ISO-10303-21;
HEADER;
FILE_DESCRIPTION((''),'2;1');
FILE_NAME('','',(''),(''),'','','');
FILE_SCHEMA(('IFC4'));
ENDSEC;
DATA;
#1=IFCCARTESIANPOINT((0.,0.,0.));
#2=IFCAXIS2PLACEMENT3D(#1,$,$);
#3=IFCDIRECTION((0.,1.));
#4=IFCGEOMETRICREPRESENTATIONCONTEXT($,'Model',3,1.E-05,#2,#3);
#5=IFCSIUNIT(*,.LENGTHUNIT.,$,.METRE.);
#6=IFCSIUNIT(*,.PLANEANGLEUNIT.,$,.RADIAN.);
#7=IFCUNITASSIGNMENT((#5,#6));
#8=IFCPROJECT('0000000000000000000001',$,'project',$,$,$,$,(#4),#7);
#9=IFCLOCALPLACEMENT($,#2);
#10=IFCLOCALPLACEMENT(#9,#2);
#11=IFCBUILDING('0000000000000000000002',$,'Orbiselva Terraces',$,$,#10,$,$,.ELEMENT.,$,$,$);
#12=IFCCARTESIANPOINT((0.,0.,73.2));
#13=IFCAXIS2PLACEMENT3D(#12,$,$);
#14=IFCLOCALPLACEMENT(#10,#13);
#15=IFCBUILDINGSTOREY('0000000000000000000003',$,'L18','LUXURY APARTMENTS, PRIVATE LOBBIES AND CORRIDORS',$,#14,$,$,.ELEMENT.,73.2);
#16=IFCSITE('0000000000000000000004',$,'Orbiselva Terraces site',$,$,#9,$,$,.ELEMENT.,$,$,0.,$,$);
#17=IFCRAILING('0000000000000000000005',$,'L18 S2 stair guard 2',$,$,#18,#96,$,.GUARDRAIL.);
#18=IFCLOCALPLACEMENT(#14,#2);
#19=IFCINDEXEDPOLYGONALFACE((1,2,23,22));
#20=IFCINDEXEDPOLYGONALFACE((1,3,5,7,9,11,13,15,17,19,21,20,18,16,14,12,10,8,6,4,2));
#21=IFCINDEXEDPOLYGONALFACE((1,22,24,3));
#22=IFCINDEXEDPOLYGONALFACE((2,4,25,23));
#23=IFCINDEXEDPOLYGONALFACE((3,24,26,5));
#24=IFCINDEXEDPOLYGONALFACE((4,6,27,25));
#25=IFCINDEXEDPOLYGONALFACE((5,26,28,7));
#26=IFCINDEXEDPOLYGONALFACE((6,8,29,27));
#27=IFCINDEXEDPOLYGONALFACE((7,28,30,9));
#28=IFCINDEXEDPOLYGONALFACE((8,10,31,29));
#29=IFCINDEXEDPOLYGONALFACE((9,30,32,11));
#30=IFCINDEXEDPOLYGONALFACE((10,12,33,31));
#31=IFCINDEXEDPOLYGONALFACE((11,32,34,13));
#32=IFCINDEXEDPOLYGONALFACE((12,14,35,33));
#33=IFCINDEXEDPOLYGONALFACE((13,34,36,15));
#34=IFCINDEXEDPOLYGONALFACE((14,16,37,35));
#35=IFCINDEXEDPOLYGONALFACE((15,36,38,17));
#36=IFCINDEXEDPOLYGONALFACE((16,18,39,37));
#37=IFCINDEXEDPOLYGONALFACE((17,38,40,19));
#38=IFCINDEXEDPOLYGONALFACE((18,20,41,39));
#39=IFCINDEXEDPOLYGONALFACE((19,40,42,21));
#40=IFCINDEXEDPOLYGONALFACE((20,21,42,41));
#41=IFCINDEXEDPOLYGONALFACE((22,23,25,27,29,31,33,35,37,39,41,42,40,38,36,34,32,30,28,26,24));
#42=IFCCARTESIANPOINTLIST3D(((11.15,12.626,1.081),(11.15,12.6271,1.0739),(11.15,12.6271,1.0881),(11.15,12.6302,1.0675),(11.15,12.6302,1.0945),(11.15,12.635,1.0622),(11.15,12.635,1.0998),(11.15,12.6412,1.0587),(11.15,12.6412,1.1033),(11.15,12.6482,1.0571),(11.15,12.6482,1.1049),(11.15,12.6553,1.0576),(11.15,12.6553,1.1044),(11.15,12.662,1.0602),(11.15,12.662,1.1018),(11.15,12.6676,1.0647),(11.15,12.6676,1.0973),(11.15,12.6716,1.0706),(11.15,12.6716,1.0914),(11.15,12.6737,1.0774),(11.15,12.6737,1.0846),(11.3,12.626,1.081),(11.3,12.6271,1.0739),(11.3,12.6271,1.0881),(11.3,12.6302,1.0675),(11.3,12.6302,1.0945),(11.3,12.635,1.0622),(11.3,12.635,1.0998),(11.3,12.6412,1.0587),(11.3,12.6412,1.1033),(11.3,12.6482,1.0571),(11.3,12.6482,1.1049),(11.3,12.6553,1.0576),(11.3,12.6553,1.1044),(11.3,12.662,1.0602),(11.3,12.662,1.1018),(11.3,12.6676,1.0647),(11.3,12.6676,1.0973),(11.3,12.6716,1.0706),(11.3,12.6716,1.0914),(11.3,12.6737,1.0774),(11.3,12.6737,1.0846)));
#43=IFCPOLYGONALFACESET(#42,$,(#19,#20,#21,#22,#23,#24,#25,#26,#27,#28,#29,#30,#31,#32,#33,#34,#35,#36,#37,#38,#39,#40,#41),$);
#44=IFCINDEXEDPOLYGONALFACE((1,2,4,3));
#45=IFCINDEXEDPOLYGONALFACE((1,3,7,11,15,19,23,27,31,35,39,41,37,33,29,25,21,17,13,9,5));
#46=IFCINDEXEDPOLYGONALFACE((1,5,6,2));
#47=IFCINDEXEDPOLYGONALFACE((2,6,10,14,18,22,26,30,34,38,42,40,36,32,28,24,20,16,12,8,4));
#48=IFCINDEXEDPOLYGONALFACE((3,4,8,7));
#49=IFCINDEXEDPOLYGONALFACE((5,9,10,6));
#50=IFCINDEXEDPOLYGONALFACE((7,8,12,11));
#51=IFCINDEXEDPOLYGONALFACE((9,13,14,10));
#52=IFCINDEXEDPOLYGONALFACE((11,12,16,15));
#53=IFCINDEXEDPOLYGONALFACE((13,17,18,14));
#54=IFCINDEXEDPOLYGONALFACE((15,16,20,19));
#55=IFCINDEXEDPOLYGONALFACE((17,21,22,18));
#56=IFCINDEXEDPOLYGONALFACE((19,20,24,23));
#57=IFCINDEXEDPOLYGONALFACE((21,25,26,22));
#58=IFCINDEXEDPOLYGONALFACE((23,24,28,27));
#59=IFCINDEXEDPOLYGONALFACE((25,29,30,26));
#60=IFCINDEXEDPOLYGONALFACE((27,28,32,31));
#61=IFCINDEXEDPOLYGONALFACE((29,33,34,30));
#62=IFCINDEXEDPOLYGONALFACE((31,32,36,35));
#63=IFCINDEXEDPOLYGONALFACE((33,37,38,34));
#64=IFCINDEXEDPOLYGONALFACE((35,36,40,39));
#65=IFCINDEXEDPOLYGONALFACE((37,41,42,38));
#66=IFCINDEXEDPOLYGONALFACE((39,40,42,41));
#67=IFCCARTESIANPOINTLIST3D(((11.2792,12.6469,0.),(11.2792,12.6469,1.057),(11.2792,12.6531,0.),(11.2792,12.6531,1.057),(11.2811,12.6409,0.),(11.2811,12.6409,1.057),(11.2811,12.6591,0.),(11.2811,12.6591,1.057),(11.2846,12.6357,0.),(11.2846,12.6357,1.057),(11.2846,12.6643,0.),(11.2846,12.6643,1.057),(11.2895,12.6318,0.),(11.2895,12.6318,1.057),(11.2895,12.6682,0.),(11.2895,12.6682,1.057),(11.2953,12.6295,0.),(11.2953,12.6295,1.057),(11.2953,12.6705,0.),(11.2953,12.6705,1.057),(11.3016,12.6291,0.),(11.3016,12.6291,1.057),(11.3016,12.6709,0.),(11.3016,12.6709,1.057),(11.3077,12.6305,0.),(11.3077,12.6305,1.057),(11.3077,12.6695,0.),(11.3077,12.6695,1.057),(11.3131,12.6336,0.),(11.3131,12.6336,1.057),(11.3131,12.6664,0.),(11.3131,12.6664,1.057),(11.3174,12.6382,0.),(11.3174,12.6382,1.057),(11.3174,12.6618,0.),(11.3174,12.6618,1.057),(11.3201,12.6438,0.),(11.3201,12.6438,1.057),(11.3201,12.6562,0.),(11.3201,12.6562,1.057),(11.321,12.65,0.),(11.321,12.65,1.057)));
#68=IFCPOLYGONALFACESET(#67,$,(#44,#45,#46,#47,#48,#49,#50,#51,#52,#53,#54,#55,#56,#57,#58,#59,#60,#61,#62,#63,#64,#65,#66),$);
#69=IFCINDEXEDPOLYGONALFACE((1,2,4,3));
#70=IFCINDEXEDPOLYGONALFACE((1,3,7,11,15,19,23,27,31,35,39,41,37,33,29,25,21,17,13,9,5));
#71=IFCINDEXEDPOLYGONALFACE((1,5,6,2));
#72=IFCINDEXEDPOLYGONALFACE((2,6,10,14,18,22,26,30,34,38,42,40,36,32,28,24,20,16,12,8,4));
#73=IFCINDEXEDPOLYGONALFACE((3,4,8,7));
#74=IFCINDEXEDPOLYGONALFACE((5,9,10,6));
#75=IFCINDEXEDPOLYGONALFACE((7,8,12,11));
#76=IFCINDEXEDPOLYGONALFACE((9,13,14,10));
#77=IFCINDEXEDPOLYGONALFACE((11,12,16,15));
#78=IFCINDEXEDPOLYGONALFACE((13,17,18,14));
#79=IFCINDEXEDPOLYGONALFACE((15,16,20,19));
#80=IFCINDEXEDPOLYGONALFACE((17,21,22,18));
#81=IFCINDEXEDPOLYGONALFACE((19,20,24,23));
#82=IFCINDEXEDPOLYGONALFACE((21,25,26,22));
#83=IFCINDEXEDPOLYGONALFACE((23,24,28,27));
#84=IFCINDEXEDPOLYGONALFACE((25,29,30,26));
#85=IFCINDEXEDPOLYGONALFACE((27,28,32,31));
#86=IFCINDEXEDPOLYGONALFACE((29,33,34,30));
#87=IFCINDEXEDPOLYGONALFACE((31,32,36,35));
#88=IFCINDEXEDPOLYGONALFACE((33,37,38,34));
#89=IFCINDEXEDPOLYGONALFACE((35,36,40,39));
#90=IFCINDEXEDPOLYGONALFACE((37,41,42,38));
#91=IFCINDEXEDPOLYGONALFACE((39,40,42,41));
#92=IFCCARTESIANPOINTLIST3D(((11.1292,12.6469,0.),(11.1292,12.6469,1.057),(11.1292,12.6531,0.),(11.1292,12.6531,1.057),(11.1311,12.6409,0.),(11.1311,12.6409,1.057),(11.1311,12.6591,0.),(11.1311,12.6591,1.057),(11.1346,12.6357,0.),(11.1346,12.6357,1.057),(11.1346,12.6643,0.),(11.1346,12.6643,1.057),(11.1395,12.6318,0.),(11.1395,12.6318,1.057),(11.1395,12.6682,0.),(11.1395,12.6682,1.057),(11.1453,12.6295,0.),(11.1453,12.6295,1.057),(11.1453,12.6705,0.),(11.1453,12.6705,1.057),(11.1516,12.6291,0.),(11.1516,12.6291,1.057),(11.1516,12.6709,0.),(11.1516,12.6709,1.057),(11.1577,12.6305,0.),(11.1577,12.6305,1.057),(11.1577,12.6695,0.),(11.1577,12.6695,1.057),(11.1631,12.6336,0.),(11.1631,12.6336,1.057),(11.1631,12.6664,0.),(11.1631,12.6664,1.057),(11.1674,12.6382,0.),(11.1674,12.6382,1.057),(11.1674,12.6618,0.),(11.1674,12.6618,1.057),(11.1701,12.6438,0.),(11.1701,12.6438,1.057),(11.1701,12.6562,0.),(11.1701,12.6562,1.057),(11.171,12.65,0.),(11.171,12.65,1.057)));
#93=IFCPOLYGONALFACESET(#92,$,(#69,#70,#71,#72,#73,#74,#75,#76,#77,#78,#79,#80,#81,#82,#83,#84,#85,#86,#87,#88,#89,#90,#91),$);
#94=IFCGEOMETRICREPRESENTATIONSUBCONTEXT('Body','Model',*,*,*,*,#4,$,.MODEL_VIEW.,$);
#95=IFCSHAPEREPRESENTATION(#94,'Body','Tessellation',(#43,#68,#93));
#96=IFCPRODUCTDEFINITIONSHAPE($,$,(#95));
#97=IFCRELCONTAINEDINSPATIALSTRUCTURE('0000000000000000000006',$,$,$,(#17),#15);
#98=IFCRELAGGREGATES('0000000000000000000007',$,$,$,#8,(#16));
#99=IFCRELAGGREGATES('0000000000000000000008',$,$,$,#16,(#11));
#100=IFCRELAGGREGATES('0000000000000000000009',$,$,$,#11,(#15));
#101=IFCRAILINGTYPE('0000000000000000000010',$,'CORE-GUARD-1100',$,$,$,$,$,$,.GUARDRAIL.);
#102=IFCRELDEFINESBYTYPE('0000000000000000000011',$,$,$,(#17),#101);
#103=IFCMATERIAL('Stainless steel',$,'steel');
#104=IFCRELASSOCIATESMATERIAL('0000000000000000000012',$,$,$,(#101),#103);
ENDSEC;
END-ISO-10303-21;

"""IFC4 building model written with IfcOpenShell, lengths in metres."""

from ifc_helpers import new_model, si_unit, direction, frame, origin, origin_2d, place, context, subcontext, project, spatial, circle, extrude, material, type_object, element, save


model = new_model("IFC4")

# Units and contexts
model_context = context("Model", 3, precision=1e-05, world=origin(), true_north=direction((0.0, 1.0)))
body_context = subcontext(model_context, "Body", "Model", "MODEL_VIEW")
ifc_project = project(units=[si_unit("LENGTHUNIT", "METRE"), si_unit("PLANEANGLEUNIT", "RADIAN")], contexts=[model_context])

# Site, building, storey
site_placement = place(None, origin())
site = spatial("IfcSite", under=ifc_project, at=site_placement, Name="Orbiselva Terraces site", CompositionType="ELEMENT", RefElevation=0.0)
building_placement = place(site_placement, origin())
building = spatial("IfcBuilding", under=site, at=building_placement, Name="Orbiselva Terraces", CompositionType="ELEMENT")
storey_placement = place(building_placement, frame((0.0, 0.0, 73.2)))
storey = spatial("IfcBuildingStorey", under=building, at=storey_placement, Name="L18", Description="LUXURY APARTMENTS, PRIVATE LOBBIES AND CORRIDORS", CompositionType="ELEMENT", Elevation=73.2)

# Railing
ifc_material_1 = material(Name="Stainless steel", Category="steel")
railing_type = type_object("IfcRailingType", Name="CORE-GUARD-1100", PredefinedType="GUARDRAIL", material=ifc_material_1)
railing_placement = place(storey_placement, frame((11.3, 12.65, 0.0)))
element("IfcRailing", 1, at=railing_placement, inside=storey, type_object=railing_type, Name="L18 S2 stair guard 2", PredefinedType="GUARDRAIL", context=body_context, shape_type="SweptSolid", body=[
    extrude(circle(Radius=0.024, at=origin_2d()), frame((0.0, 0.0, 1.081), z_axis=(-1.0, 0.0, 0.0), x_axis=(0.0, -1.0, 0.0)), (0.0, 0.0, 1.0), 0.15),
    extrude(circle(Radius=0.021, at=origin_2d()), origin(), (0.0, 0.0, 1.0), 1.057),
    extrude(circle(Radius=0.021, at=origin_2d()), frame((-0.15, 0.0, 0.0)), (0.0, 0.0, 1.0), 1.057),
])

save(model, "model.ifc")
